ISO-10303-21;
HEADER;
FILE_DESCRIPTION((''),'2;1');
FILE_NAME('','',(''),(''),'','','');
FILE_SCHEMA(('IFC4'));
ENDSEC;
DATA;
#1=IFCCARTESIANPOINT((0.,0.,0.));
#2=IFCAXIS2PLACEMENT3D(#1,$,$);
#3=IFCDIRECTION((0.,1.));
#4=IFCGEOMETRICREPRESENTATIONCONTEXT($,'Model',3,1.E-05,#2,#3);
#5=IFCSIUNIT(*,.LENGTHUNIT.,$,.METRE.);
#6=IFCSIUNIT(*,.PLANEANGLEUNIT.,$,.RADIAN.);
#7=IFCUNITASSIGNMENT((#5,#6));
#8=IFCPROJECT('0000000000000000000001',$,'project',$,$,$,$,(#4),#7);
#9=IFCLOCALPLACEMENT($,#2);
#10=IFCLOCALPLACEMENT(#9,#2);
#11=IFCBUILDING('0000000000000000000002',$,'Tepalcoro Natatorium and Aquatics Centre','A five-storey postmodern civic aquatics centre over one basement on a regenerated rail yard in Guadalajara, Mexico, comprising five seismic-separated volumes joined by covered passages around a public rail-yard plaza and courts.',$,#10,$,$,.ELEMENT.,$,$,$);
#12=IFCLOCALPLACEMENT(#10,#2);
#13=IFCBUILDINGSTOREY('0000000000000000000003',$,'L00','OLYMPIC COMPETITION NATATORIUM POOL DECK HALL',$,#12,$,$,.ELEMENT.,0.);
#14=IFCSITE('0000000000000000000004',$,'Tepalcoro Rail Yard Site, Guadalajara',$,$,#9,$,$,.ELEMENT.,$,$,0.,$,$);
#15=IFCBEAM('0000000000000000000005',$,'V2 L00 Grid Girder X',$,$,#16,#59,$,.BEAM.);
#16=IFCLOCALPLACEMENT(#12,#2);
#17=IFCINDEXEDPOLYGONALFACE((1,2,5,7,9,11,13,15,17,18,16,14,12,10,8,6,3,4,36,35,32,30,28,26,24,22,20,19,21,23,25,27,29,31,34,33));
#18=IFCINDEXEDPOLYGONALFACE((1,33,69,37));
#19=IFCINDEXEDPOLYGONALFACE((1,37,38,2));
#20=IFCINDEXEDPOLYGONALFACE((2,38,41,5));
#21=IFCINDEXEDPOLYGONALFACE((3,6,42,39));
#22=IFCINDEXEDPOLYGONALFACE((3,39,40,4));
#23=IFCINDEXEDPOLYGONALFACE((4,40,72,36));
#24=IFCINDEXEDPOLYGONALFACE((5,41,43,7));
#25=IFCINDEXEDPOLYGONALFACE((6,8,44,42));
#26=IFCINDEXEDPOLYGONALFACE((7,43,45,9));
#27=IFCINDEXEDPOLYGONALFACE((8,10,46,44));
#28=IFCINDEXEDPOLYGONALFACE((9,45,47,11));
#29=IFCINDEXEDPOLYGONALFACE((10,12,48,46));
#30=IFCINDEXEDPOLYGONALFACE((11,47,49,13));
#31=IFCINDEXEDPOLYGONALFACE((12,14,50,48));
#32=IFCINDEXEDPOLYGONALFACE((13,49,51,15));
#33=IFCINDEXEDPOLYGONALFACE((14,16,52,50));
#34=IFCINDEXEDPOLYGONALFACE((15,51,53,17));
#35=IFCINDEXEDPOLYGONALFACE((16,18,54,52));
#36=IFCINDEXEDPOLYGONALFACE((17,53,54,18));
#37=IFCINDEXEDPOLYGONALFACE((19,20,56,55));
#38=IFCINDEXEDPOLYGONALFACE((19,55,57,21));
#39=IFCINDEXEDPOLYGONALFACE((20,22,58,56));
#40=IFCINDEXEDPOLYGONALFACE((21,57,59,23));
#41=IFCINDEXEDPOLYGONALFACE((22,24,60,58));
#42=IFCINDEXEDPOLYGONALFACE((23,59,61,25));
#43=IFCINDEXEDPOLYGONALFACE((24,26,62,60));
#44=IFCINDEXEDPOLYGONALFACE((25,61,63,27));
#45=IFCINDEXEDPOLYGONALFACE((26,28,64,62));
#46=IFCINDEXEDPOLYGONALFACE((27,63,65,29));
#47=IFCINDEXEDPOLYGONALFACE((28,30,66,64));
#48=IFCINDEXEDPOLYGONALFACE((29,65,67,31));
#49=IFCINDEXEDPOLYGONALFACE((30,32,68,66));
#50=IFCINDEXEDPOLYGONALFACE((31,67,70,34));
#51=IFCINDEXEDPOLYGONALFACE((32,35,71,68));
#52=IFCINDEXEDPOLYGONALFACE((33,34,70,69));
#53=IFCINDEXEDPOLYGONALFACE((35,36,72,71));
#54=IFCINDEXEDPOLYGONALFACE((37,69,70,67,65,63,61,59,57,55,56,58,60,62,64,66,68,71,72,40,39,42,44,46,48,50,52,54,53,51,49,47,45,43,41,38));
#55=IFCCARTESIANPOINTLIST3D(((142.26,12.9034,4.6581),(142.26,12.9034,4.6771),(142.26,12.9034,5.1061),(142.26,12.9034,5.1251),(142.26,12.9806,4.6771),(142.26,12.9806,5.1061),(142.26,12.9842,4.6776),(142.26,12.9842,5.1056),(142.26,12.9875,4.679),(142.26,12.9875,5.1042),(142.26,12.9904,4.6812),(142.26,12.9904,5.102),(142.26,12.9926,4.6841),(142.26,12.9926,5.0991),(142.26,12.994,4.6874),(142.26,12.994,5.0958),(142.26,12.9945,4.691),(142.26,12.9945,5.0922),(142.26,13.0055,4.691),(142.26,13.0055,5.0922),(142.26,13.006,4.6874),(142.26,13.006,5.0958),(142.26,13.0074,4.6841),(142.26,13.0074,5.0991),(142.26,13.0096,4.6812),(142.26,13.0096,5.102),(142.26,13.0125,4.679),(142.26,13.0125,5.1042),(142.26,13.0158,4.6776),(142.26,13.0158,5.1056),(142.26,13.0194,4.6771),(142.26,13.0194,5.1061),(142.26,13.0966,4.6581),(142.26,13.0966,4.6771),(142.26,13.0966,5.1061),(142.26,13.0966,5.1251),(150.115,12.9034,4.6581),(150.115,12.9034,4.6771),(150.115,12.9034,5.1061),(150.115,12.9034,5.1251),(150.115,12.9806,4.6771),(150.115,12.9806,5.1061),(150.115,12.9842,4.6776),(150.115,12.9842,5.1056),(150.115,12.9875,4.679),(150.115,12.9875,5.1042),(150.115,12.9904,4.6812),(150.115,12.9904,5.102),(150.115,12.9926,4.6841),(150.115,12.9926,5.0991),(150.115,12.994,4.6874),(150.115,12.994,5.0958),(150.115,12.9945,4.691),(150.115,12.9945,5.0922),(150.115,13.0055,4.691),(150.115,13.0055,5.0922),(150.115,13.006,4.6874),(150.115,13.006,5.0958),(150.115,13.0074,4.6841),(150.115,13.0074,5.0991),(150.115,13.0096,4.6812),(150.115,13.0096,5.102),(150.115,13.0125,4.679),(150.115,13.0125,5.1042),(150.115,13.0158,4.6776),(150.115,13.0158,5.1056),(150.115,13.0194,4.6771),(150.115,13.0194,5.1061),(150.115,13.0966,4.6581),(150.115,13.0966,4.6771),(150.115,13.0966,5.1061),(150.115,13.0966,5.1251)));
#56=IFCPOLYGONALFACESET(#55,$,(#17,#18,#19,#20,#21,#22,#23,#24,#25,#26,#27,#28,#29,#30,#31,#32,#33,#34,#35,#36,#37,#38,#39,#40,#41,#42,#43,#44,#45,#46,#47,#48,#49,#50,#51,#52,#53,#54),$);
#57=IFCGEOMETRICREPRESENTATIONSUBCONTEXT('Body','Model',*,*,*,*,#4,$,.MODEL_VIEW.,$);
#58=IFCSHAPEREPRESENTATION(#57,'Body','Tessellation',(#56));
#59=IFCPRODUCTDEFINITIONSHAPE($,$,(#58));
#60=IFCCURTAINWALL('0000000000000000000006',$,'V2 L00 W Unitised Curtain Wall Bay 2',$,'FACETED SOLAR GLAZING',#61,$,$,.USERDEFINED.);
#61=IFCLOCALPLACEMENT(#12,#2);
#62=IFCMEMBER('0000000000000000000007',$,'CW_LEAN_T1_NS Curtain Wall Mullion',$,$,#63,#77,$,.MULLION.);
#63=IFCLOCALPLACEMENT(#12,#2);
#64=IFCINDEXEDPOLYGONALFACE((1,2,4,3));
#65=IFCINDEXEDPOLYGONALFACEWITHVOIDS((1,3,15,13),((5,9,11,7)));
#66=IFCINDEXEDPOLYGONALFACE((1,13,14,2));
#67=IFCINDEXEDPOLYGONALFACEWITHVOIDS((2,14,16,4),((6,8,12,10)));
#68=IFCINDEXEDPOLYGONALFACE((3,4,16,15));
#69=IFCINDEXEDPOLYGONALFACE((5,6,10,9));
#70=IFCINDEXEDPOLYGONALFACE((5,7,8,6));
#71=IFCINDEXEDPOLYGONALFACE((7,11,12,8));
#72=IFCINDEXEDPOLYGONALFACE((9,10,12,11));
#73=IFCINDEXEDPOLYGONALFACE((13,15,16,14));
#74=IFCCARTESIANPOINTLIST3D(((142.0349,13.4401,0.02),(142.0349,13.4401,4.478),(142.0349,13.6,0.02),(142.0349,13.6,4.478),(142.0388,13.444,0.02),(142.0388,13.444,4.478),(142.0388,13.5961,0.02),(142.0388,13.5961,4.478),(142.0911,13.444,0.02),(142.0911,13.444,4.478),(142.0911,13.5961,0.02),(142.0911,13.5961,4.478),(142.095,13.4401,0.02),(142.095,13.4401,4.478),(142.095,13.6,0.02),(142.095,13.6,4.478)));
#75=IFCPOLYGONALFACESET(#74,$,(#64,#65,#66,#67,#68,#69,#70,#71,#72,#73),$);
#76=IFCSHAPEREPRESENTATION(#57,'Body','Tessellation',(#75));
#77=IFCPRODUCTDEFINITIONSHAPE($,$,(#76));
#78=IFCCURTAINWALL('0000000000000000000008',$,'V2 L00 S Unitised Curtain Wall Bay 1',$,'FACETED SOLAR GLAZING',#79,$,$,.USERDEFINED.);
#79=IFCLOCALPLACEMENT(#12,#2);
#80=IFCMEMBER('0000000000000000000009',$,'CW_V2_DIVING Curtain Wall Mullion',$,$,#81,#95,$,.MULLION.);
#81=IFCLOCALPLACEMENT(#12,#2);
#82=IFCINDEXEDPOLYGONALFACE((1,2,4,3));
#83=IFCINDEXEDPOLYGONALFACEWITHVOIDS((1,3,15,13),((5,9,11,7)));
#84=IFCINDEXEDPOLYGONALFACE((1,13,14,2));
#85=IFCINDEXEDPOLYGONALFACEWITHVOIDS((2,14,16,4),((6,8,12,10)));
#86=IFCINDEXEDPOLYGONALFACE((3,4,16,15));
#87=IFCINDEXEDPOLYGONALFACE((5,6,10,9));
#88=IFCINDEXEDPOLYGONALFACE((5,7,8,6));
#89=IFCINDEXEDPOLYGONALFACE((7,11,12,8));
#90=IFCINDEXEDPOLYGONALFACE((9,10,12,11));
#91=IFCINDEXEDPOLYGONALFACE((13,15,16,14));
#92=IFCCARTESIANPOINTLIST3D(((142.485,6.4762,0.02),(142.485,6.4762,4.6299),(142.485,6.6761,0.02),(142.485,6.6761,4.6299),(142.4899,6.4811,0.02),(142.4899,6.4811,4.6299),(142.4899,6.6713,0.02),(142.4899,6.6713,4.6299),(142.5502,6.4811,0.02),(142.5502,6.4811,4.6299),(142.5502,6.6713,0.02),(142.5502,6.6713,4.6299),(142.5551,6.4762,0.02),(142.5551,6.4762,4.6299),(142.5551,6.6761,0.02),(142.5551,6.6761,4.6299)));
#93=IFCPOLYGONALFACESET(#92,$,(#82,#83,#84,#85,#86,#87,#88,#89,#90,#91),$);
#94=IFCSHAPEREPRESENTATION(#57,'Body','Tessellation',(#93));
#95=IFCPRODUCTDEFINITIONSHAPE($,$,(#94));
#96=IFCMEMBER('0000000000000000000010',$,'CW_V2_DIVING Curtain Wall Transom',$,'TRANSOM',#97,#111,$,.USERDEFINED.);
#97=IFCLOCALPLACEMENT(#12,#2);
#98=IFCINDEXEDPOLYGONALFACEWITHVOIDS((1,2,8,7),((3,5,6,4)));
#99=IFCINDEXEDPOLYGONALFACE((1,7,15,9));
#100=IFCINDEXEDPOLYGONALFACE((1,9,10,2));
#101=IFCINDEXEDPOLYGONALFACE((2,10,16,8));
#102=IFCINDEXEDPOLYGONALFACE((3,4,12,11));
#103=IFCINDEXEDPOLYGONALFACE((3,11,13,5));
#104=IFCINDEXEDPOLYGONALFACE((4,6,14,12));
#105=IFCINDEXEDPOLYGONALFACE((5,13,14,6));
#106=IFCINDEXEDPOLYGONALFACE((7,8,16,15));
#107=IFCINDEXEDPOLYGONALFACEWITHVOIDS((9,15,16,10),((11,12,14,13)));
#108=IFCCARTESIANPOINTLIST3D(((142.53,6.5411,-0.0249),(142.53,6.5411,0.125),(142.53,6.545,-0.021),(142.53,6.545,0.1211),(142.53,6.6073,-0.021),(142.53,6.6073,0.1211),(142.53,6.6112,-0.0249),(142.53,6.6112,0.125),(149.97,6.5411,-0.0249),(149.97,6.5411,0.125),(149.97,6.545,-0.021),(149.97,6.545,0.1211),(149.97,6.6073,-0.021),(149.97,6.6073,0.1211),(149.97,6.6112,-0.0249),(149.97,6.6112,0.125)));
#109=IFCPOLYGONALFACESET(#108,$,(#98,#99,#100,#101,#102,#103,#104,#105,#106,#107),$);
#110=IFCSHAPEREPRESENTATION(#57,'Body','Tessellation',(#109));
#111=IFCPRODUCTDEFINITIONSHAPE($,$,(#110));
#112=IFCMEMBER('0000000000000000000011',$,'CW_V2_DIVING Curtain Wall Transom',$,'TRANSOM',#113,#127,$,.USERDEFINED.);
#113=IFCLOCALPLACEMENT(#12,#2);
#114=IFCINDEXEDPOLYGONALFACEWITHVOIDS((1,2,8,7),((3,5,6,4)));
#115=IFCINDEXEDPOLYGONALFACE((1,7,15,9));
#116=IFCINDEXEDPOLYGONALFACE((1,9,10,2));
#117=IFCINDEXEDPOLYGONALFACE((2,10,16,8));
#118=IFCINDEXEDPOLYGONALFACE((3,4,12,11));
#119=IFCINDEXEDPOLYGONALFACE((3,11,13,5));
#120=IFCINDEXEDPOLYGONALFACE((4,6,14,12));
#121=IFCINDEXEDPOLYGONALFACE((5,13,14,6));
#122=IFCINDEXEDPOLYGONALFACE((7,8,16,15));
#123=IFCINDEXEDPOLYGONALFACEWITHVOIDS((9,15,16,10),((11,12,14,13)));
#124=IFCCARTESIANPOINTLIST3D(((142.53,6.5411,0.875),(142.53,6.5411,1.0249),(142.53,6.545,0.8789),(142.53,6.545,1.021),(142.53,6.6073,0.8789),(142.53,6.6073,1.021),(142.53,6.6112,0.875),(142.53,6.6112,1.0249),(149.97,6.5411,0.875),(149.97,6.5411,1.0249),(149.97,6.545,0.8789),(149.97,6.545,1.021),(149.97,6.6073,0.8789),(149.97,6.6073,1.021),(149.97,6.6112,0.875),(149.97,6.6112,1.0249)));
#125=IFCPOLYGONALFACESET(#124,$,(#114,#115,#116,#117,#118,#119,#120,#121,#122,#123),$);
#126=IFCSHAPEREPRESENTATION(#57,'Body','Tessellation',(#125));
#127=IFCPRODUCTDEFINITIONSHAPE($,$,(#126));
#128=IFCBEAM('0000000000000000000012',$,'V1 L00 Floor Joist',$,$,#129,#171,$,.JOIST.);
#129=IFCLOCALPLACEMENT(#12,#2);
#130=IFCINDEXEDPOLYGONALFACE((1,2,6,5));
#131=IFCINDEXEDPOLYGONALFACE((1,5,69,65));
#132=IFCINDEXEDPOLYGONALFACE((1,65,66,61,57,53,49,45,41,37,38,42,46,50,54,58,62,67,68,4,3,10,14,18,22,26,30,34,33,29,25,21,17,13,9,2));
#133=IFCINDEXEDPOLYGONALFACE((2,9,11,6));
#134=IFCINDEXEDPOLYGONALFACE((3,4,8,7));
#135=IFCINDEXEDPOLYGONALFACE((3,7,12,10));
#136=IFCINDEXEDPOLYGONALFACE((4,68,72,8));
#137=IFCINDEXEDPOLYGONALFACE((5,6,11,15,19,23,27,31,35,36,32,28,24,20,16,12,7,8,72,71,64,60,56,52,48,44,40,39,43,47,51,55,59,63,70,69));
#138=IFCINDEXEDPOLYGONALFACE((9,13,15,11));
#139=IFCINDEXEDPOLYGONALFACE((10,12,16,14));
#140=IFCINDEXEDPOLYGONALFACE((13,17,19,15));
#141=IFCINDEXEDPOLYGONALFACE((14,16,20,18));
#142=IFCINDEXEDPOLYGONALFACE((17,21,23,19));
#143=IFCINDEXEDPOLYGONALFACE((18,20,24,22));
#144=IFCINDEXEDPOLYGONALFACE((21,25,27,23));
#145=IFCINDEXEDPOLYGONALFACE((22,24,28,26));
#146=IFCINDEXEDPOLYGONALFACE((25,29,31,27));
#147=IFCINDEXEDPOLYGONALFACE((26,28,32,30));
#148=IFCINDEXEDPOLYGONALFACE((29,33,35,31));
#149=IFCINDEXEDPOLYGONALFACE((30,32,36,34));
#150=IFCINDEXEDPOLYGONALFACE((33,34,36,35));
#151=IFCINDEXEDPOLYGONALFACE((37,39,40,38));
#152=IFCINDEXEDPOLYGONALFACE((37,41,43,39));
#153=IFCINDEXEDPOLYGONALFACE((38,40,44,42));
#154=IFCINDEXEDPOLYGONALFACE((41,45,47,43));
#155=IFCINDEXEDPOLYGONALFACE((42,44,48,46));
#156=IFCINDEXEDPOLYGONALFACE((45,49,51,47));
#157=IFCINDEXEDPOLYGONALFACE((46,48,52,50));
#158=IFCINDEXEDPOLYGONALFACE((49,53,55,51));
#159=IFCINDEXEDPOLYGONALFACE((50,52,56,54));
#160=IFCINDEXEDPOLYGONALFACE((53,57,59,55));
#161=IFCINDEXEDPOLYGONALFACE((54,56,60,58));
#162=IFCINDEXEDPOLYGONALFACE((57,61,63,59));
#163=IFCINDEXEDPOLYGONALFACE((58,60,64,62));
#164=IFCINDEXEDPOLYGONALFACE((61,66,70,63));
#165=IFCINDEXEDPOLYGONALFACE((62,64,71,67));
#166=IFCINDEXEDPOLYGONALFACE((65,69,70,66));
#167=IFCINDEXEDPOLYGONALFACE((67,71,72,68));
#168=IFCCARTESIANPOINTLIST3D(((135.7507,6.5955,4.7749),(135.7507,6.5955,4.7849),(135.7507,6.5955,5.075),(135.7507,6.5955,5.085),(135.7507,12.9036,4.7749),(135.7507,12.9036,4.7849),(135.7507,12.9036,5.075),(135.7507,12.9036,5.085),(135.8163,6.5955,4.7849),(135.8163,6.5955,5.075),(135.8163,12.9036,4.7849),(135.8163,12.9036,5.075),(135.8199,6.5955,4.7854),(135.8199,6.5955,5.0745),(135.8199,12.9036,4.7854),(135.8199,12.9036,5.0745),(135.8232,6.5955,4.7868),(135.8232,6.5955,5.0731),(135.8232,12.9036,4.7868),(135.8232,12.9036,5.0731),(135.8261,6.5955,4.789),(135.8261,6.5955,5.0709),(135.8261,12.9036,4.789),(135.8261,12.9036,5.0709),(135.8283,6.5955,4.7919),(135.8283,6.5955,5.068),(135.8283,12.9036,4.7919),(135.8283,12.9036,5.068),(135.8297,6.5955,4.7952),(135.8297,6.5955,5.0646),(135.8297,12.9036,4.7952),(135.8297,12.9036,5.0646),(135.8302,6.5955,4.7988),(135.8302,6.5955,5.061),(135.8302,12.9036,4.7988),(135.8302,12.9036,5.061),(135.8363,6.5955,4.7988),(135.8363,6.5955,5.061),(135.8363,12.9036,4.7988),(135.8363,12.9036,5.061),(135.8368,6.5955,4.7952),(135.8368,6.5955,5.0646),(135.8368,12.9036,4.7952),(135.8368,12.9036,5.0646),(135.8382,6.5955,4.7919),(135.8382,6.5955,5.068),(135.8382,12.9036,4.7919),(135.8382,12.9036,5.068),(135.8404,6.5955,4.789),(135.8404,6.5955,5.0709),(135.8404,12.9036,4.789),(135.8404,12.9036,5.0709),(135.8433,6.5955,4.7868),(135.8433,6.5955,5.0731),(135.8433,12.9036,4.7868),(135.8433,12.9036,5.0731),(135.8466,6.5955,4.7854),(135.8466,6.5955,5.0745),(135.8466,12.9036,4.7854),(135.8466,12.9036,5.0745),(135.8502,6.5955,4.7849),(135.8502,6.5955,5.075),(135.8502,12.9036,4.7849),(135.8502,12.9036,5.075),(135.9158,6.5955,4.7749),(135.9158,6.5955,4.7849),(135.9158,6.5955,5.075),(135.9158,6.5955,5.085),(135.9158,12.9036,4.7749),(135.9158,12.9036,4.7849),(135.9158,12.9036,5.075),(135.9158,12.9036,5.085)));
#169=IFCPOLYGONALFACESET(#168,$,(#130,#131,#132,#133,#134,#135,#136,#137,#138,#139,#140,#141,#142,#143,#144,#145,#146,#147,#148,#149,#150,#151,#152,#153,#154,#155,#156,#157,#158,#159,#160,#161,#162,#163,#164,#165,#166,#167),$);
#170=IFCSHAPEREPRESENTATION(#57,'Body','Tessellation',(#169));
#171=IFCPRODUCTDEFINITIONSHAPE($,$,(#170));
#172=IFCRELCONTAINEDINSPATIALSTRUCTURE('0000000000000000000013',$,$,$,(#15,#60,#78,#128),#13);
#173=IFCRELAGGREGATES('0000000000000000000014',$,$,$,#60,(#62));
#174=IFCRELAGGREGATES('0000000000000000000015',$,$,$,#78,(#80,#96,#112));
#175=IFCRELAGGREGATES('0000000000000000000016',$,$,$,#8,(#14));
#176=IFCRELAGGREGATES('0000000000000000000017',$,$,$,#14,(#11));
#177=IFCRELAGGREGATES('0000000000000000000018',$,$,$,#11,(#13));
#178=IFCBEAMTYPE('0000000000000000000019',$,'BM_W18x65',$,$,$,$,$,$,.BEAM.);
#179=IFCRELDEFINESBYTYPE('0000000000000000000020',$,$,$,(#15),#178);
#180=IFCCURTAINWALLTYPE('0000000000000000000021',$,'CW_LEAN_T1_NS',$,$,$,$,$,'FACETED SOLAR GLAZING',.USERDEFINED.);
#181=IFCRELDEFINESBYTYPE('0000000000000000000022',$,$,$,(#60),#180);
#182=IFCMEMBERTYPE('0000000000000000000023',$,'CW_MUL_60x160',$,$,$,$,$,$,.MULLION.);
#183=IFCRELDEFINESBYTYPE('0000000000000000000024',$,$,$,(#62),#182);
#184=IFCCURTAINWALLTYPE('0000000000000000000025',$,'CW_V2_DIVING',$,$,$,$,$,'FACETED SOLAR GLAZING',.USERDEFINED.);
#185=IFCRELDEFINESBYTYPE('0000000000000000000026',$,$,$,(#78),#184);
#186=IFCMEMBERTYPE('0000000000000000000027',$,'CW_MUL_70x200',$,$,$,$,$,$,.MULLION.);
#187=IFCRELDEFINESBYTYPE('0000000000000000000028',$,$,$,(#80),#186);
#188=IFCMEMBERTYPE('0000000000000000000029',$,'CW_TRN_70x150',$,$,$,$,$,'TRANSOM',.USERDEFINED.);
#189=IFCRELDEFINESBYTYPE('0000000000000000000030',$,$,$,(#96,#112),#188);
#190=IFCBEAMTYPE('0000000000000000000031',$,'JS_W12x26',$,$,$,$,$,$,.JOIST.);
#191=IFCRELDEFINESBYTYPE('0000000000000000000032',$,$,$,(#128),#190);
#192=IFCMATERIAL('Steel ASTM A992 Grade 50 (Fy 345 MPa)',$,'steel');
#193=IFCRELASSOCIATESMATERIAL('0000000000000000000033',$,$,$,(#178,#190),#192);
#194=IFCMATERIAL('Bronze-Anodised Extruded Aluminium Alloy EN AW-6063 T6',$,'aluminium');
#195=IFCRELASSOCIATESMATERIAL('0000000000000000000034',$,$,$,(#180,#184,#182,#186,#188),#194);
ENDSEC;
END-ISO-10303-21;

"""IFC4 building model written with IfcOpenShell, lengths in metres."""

from ifc_helpers import new_model, si_unit, direction, frame, origin, origin_2d, place, context, subcontext, project, spatial, hollow_rectangle, i_section, extrude, material, material_profile, profile_set, type_object, element, aggregate, save


model = new_model("IFC4")

# Units and contexts
model_context = context("Model", 3, precision=1e-05, world=origin(), true_north=direction((0.0, 1.0)))
body_context = subcontext(model_context, "Body", "Model", "MODEL_VIEW")
ifc_project = project(units=[si_unit("LENGTHUNIT", "METRE"), si_unit("PLANEANGLEUNIT", "RADIAN")], contexts=[model_context])

# Site, building, storey
site_placement = place(None, origin())
site = spatial("IfcSite", under=ifc_project, at=site_placement, Name="Tepalcoro Rail Yard Site, Guadalajara", CompositionType="ELEMENT", RefElevation=0.0)
building_placement = place(site_placement, origin())
building = spatial("IfcBuilding", under=site, at=building_placement, Name="Tepalcoro Natatorium and Aquatics Centre", Description="A five-storey postmodern civic aquatics centre over one basement on a regenerated rail yard in Guadalajara, Mexico, comprising five seismic-separated volumes joined by covered passages around a public rail-yard plaza and courts.", CompositionType="ELEMENT")
storey_placement = place(building_placement, origin())
storey = spatial("IfcBuildingStorey", under=building, at=storey_placement, Name="L00", Description="OLYMPIC COMPETITION NATATORIUM POOL DECK HALL", CompositionType="ELEMENT", Elevation=0.0)

# Beam
ifc_material_1 = material(Name="Steel ASTM A992 Grade 50 (Fy 345 MPa)", Category="steel")
ifc_material_profile_1 = material_profile(ifc_material_1, i_section(OverallWidth=0.1931, OverallDepth=0.467, WebThickness=0.011, FlangeThickness=0.019, FilletRadius=0.0139, at=origin_2d()), Name="W18X65")
ifc_profile_set_1 = profile_set([ifc_material_profile_1], Name="Steel ASTM A992 Grade 50 (Fy 345 MPa)")
beam_type_1 = type_object("IfcBeamType", Name="BM_W18x65", PredefinedType="BEAM", material=ifc_profile_set_1)
beam_1_placement = place(storey_placement, frame((142.26, 13.0, 4.8916), z_axis=(1.0, 0.0, 0.0), x_axis=(0.0, 1.0, 0.0)))
element("IfcBeam", 1, at=beam_1_placement, inside=storey, type_object=beam_type_1, Name="V2 L00 Grid Girder X", PredefinedType="BEAM", context=body_context, shape_type="SweptSolid", body=[
    extrude(i_section(OverallWidth=0.1931, OverallDepth=0.467, WebThickness=0.011, FlangeThickness=0.019, FilletRadius=0.0139, at=origin_2d()), origin(), (0.0, 0.0, 1.0), 7.855),
])

# Curtain wall, member
ifc_material_2 = material(Name="Bronze-Anodised Extruded Aluminium Alloy EN AW-6063 T6", Category="aluminium")
curtain_wall_type_1 = type_object("IfcCurtainWallType", Name="CW_LEAN_T1_NS", ElementType="FACETED SOLAR GLAZING", PredefinedType="USERDEFINED", material=ifc_material_2)
curtain_wall_1_placement = place(storey_placement, origin())
curtain_wall_1 = element("IfcCurtainWall", 2, at=curtain_wall_1_placement, inside=storey, type_object=curtain_wall_type_1, Name="V2 L00 W Unitised Curtain Wall Bay 2", ObjectType="FACETED SOLAR GLAZING", PredefinedType="USERDEFINED")
ifc_material_profile_2 = material_profile(ifc_material_2, hollow_rectangle(XDim=0.0601, YDim=0.1599, WallThickness=0.0039, at=origin_2d()), Name="AL60X160X4")
ifc_profile_set_2 = profile_set([ifc_material_profile_2], Name="Bronze-Anodised Extruded Aluminium Alloy EN AW-6063 T6")
member_type_1 = type_object("IfcMemberType", Name="CW_MUL_60x160", PredefinedType="MULLION", material=ifc_profile_set_2)
member_1_placement = place(storey_placement, frame((142.0649, 13.52, 0.02), z_axis=(0.0, 0.0, 1.0), x_axis=(1.0, 0.0, 0.0)))
member_1 = element("IfcMember", 3, at=member_1_placement, type_object=member_type_1, Name="CW_LEAN_T1_NS Curtain Wall Mullion", PredefinedType="MULLION", context=body_context, shape_type="SweptSolid", body=[
    extrude(hollow_rectangle(XDim=0.0601, YDim=0.1599, WallThickness=0.0039, at=origin_2d()), origin(), (0.0, 0.0, 1.0), 4.458),
])
aggregate(curtain_wall_1, [member_1])

# Curtain wall, members
curtain_wall_type_2 = type_object("IfcCurtainWallType", Name="CW_V2_DIVING", ElementType="FACETED SOLAR GLAZING", PredefinedType="USERDEFINED", material=ifc_material_2)
curtain_wall_2_placement = place(storey_placement, origin())
curtain_wall_2 = element("IfcCurtainWall", 4, at=curtain_wall_2_placement, inside=storey, type_object=curtain_wall_type_2, Name="V2 L00 S Unitised Curtain Wall Bay 1", ObjectType="FACETED SOLAR GLAZING", PredefinedType="USERDEFINED")
ifc_material_profile_3 = material_profile(ifc_material_2, hollow_rectangle(XDim=0.0701, YDim=0.2, WallThickness=0.0049, at=origin_2d()), Name="AL70X200X5")
ifc_profile_set_3 = profile_set([ifc_material_profile_3], Name="Bronze-Anodised Extruded Aluminium Alloy EN AW-6063 T6")
member_type_2 = type_object("IfcMemberType", Name="CW_MUL_70x200", PredefinedType="MULLION", material=ifc_profile_set_3)
member_2_placement = place(storey_placement, frame((142.52, 6.5762, 0.02), z_axis=(0.0, 0.0, 1.0), x_axis=(1.0, 0.0, 0.0)))
member_2 = element("IfcMember", 5, at=member_2_placement, type_object=member_type_2, Name="CW_V2_DIVING Curtain Wall Mullion", PredefinedType="MULLION", context=body_context, shape_type="SweptSolid", body=[
    extrude(hollow_rectangle(XDim=0.0701, YDim=0.2, WallThickness=0.0049, at=origin_2d()), origin(), (0.0, 0.0, 1.0), 4.6099),
])
ifc_material_profile_4 = material_profile(ifc_material_2, hollow_rectangle(XDim=0.0701, YDim=0.1499, WallThickness=0.0039, at=origin_2d()), Name="AL70X150X4")
ifc_profile_set_4 = profile_set([ifc_material_profile_4], Name="Bronze-Anodised Extruded Aluminium Alloy EN AW-6063 T6")
member_type_3 = type_object("IfcMemberType", Name="CW_TRN_70x150", ElementType="TRANSOM", PredefinedType="USERDEFINED", material=ifc_profile_set_4)
member_3_placement = place(storey_placement, frame((142.53, 6.5762, 0.05), z_axis=(1.0, 0.0, 0.0), x_axis=(0.0, 1.0, 0.0)))
member_3 = element("IfcMember", 6, at=member_3_placement, type_object=member_type_3, Name="CW_V2_DIVING Curtain Wall Transom", ObjectType="TRANSOM", PredefinedType="USERDEFINED", context=body_context, shape_type="SweptSolid", body=[
    extrude(hollow_rectangle(XDim=0.0701, YDim=0.1499, WallThickness=0.0039, at=origin_2d()), origin(), (0.0, 0.0, 1.0), 7.4399),
])
member_4_placement = place(storey_placement, frame((142.53, 6.5762, 0.95), z_axis=(1.0, 0.0, 0.0), x_axis=(0.0, 1.0, 0.0)))
member_4 = element("IfcMember", 7, at=member_4_placement, type_object=member_type_3, Name="CW_V2_DIVING Curtain Wall Transom", ObjectType="TRANSOM", PredefinedType="USERDEFINED", context=body_context, shape_type="SweptSolid", body=[
    extrude(hollow_rectangle(XDim=0.0701, YDim=0.1499, WallThickness=0.0039, at=origin_2d()), origin(), (0.0, 0.0, 1.0), 7.4399),
])
aggregate(curtain_wall_2, [member_2, member_3, member_4])

# Beam
ifc_material_profile_5 = material_profile(ifc_material_1, i_section(OverallWidth=0.165, OverallDepth=0.3101, WebThickness=0.0061, FlangeThickness=0.01, FilletRadius=0.0139, at=origin_2d()), Name="W12X26")
ifc_profile_set_5 = profile_set([ifc_material_profile_5], Name="Steel ASTM A992 Grade 50 (Fy 345 MPa)")
beam_type_2 = type_object("IfcBeamType", Name="JS_W12x26", PredefinedType="JOIST", material=ifc_profile_set_5)
beam_2_placement = place(storey_placement, frame((135.8333, 6.5955, 4.9299), z_axis=(0.0, 1.0, 0.0), x_axis=(-1.0, 0.0, 0.0)))
element("IfcBeam", 8, at=beam_2_placement, inside=storey, type_object=beam_type_2, Name="V1 L00 Floor Joist", PredefinedType="JOIST", context=body_context, shape_type="SweptSolid", body=[
    extrude(i_section(OverallWidth=0.165, OverallDepth=0.3101, WebThickness=0.0061, FlangeThickness=0.01, FilletRadius=0.0139, at=origin_2d()), origin(), (0.0, 0.0, 1.0), 6.3081),
])

save(model, "model.ifc")
